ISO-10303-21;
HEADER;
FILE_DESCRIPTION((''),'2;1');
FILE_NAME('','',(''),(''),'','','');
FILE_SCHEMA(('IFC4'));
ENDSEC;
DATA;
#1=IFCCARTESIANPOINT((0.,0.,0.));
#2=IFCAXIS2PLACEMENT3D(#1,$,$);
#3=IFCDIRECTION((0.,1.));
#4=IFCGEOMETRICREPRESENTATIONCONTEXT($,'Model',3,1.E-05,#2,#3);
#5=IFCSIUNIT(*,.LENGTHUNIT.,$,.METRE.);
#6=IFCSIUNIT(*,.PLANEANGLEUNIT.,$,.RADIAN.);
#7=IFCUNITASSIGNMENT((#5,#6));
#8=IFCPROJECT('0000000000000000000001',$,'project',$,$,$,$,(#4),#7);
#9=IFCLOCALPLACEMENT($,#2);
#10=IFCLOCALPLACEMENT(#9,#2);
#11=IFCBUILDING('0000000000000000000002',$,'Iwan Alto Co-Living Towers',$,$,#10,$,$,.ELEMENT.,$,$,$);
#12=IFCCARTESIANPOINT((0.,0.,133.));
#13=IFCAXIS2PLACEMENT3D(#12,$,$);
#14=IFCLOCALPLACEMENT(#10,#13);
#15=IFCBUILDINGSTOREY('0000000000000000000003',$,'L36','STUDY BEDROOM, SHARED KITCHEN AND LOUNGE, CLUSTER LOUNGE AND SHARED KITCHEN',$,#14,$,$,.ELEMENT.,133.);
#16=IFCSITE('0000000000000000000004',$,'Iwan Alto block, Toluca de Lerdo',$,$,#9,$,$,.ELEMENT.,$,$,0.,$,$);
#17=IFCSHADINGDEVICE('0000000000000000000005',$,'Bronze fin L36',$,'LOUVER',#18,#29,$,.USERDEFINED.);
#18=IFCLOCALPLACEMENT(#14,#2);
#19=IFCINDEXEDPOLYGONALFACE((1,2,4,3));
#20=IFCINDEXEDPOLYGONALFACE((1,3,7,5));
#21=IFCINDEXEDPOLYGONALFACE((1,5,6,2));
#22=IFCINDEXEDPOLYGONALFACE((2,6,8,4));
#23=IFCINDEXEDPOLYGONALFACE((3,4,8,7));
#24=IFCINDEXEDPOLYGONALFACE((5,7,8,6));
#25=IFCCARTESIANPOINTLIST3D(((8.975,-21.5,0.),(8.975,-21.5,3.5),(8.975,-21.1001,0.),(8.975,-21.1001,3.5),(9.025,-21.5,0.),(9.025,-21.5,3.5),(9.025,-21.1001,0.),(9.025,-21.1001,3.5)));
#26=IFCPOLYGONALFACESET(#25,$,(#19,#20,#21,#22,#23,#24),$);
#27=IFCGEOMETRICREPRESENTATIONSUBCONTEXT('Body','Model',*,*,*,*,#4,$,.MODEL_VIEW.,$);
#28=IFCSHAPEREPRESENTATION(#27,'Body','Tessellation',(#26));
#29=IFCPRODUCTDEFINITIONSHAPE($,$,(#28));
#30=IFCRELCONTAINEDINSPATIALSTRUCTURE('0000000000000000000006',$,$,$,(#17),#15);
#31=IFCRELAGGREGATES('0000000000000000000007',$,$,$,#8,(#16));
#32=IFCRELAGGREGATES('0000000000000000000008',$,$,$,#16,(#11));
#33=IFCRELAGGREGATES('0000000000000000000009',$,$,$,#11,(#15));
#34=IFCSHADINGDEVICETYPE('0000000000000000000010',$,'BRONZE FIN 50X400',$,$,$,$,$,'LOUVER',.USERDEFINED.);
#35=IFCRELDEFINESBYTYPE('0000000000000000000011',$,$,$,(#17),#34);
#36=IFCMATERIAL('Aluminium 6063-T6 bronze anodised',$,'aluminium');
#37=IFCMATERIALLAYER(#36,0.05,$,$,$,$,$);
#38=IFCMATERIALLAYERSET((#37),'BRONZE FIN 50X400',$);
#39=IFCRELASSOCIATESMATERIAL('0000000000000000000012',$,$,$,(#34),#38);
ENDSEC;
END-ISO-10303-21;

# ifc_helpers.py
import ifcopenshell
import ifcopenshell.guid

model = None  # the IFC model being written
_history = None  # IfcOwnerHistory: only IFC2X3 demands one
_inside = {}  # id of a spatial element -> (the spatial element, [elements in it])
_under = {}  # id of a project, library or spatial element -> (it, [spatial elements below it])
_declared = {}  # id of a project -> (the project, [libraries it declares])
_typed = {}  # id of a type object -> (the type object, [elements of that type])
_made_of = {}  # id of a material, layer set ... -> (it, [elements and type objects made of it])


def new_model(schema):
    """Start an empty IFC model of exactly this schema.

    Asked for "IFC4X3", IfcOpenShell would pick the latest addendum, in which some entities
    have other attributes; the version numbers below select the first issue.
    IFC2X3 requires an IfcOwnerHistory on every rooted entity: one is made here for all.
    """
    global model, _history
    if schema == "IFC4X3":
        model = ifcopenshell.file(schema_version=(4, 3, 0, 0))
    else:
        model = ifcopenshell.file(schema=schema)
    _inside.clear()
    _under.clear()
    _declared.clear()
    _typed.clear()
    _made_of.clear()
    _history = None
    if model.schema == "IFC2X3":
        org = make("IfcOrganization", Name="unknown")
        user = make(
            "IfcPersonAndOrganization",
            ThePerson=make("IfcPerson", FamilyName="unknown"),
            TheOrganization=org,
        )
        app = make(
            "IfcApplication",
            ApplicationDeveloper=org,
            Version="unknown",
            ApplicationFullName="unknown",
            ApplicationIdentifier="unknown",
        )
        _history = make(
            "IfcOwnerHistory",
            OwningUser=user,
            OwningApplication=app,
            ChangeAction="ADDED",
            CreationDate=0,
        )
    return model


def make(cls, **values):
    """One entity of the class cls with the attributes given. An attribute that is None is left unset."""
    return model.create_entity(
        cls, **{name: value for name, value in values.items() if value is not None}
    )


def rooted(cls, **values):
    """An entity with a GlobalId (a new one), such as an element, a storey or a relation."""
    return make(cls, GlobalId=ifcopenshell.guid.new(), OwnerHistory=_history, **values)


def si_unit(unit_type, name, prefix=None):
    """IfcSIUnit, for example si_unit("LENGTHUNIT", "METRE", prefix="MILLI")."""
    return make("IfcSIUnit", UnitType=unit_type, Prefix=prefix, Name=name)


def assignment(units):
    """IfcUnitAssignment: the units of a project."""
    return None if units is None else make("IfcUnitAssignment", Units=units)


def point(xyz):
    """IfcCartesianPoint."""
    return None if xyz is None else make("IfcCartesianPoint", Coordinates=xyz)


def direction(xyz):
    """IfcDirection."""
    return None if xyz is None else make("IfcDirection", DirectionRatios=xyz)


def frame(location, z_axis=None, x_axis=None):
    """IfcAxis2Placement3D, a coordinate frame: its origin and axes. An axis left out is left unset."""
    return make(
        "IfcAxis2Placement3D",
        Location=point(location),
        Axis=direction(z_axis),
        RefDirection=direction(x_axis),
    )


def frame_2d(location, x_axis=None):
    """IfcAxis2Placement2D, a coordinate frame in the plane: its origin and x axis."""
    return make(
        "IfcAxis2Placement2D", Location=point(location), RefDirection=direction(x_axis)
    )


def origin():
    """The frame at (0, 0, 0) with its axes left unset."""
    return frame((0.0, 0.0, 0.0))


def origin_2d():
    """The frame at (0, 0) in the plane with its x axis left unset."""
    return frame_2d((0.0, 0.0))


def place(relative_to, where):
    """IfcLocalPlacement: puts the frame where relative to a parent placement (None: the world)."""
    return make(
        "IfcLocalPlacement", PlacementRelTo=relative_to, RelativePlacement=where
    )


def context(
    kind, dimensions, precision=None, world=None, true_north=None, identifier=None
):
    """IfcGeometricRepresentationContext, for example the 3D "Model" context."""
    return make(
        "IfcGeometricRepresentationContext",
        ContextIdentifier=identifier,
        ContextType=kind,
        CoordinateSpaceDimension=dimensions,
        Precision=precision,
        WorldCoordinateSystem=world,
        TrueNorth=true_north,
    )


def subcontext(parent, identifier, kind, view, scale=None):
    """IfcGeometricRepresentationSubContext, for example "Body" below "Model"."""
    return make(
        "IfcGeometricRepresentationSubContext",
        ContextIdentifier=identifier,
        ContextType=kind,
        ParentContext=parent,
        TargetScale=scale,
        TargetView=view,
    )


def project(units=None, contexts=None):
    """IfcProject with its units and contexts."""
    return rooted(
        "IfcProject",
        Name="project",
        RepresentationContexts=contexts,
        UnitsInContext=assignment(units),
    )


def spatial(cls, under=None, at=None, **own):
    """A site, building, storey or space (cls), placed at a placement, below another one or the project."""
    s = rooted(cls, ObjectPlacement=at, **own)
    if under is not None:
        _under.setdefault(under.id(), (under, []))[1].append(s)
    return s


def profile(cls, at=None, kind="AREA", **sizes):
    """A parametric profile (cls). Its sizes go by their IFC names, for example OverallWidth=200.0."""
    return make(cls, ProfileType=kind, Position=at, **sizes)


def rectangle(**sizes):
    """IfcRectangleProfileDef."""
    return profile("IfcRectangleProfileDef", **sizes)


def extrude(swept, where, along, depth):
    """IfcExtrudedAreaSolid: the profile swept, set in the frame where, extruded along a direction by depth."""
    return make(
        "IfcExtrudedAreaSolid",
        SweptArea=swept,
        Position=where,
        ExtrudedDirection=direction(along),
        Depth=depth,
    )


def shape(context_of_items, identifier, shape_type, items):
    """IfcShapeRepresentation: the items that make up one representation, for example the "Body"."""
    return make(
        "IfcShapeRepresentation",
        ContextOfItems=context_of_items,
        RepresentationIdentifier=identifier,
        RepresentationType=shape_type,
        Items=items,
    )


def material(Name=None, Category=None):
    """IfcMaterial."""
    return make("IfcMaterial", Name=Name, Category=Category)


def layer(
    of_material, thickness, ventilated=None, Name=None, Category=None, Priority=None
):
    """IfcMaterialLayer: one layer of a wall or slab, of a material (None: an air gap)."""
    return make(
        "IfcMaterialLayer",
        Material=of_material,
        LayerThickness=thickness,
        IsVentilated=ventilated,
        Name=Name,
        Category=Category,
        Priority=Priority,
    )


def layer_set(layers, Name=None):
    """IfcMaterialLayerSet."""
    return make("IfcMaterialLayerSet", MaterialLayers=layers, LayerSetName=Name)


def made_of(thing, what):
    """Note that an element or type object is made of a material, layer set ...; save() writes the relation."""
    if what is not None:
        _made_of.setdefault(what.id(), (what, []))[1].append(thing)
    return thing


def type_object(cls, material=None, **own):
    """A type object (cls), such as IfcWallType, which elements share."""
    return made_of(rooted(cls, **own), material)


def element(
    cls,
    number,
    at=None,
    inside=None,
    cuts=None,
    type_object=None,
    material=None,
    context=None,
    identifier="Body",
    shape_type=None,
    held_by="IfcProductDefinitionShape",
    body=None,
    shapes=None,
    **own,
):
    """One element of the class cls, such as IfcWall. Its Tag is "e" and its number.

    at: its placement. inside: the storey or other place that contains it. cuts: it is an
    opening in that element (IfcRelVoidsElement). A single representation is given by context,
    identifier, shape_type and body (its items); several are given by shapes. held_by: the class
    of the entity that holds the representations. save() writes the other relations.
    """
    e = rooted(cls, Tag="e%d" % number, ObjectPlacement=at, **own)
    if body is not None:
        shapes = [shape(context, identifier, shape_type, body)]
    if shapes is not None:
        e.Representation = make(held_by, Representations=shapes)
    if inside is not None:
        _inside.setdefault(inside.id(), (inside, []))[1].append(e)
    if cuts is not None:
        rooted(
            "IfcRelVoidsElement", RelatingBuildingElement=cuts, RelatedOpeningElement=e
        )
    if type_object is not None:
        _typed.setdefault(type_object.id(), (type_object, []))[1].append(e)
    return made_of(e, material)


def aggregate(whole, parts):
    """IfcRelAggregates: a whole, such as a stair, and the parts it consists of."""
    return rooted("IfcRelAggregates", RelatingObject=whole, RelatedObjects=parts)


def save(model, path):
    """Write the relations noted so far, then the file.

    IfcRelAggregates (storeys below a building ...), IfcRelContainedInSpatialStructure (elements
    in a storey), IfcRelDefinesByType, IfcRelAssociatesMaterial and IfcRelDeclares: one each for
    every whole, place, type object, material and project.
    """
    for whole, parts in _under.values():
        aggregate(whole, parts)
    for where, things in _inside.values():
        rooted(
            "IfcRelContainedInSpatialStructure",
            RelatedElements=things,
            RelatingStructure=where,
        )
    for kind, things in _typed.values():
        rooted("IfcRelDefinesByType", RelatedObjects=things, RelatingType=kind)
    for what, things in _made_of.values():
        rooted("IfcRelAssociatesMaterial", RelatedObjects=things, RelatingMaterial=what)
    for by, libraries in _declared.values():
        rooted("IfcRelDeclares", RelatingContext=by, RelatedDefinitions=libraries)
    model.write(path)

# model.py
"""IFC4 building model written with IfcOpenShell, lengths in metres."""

from ifc_helpers import new_model, si_unit, direction, frame, origin, origin_2d, place, context, subcontext, project, spatial, rectangle, extrude, material, layer, layer_set, type_object, element, save


model = new_model("IFC4")

# Units and contexts
model_context = context("Model", 3, precision=1e-05, world=origin(), true_north=direction((0.0, 1.0)))
body_context = subcontext(model_context, "Body", "Model", "MODEL_VIEW")
ifc_project = project(units=[si_unit("LENGTHUNIT", "METRE"), si_unit("PLANEANGLEUNIT", "RADIAN")], contexts=[model_context])

# Site, building, storey
site_placement = place(None, origin())
site = spatial("IfcSite", under=ifc_project, at=site_placement, Name="Iwan Alto block, Toluca de Lerdo", CompositionType="ELEMENT", RefElevation=0.0)
building_placement = place(site_placement, origin())
building = spatial("IfcBuilding", under=site, at=building_placement, Name="Iwan Alto Co-Living Towers", CompositionType="ELEMENT")
storey_placement = place(building_placement, frame((0.0, 0.0, 133.0)))
storey = spatial("IfcBuildingStorey", under=building, at=storey_placement, Name="L36", Description="STUDY BEDROOM, SHARED KITCHEN AND LOUNGE, CLUSTER LOUNGE AND SHARED KITCHEN", CompositionType="ELEMENT", Elevation=133.0)

# Shading device
ifc_material_1 = material(Name="Aluminium 6063-T6 bronze anodised", Category="aluminium")
ifc_layer_1 = layer(ifc_material_1, 0.05)
ifc_layer_set_1 = layer_set([ifc_layer_1], Name="BRONZE FIN 50X400")
shading_device_type = type_object("IfcShadingDeviceType", Name="BRONZE FIN 50X400", ElementType="LOUVER", PredefinedType="USERDEFINED", material=ifc_layer_set_1)
shading_device_placement = place(storey_placement, frame((9.0, -21.3, 0.0), z_axis=(0.0, 0.0, 1.0), x_axis=(1.0, 0.0, 0.0)))
element("IfcShadingDevice", 1, at=shading_device_placement, inside=storey, type_object=shading_device_type, Name="Bronze fin L36", ObjectType="LOUVER", PredefinedType="USERDEFINED", context=body_context, shape_type="SweptSolid", body=[
    extrude(rectangle(XDim=0.05, YDim=0.3999, at=origin_2d()), origin(), (0.0, 0.0, 1.0), 3.5),
])

save(model, "model.ifc")
